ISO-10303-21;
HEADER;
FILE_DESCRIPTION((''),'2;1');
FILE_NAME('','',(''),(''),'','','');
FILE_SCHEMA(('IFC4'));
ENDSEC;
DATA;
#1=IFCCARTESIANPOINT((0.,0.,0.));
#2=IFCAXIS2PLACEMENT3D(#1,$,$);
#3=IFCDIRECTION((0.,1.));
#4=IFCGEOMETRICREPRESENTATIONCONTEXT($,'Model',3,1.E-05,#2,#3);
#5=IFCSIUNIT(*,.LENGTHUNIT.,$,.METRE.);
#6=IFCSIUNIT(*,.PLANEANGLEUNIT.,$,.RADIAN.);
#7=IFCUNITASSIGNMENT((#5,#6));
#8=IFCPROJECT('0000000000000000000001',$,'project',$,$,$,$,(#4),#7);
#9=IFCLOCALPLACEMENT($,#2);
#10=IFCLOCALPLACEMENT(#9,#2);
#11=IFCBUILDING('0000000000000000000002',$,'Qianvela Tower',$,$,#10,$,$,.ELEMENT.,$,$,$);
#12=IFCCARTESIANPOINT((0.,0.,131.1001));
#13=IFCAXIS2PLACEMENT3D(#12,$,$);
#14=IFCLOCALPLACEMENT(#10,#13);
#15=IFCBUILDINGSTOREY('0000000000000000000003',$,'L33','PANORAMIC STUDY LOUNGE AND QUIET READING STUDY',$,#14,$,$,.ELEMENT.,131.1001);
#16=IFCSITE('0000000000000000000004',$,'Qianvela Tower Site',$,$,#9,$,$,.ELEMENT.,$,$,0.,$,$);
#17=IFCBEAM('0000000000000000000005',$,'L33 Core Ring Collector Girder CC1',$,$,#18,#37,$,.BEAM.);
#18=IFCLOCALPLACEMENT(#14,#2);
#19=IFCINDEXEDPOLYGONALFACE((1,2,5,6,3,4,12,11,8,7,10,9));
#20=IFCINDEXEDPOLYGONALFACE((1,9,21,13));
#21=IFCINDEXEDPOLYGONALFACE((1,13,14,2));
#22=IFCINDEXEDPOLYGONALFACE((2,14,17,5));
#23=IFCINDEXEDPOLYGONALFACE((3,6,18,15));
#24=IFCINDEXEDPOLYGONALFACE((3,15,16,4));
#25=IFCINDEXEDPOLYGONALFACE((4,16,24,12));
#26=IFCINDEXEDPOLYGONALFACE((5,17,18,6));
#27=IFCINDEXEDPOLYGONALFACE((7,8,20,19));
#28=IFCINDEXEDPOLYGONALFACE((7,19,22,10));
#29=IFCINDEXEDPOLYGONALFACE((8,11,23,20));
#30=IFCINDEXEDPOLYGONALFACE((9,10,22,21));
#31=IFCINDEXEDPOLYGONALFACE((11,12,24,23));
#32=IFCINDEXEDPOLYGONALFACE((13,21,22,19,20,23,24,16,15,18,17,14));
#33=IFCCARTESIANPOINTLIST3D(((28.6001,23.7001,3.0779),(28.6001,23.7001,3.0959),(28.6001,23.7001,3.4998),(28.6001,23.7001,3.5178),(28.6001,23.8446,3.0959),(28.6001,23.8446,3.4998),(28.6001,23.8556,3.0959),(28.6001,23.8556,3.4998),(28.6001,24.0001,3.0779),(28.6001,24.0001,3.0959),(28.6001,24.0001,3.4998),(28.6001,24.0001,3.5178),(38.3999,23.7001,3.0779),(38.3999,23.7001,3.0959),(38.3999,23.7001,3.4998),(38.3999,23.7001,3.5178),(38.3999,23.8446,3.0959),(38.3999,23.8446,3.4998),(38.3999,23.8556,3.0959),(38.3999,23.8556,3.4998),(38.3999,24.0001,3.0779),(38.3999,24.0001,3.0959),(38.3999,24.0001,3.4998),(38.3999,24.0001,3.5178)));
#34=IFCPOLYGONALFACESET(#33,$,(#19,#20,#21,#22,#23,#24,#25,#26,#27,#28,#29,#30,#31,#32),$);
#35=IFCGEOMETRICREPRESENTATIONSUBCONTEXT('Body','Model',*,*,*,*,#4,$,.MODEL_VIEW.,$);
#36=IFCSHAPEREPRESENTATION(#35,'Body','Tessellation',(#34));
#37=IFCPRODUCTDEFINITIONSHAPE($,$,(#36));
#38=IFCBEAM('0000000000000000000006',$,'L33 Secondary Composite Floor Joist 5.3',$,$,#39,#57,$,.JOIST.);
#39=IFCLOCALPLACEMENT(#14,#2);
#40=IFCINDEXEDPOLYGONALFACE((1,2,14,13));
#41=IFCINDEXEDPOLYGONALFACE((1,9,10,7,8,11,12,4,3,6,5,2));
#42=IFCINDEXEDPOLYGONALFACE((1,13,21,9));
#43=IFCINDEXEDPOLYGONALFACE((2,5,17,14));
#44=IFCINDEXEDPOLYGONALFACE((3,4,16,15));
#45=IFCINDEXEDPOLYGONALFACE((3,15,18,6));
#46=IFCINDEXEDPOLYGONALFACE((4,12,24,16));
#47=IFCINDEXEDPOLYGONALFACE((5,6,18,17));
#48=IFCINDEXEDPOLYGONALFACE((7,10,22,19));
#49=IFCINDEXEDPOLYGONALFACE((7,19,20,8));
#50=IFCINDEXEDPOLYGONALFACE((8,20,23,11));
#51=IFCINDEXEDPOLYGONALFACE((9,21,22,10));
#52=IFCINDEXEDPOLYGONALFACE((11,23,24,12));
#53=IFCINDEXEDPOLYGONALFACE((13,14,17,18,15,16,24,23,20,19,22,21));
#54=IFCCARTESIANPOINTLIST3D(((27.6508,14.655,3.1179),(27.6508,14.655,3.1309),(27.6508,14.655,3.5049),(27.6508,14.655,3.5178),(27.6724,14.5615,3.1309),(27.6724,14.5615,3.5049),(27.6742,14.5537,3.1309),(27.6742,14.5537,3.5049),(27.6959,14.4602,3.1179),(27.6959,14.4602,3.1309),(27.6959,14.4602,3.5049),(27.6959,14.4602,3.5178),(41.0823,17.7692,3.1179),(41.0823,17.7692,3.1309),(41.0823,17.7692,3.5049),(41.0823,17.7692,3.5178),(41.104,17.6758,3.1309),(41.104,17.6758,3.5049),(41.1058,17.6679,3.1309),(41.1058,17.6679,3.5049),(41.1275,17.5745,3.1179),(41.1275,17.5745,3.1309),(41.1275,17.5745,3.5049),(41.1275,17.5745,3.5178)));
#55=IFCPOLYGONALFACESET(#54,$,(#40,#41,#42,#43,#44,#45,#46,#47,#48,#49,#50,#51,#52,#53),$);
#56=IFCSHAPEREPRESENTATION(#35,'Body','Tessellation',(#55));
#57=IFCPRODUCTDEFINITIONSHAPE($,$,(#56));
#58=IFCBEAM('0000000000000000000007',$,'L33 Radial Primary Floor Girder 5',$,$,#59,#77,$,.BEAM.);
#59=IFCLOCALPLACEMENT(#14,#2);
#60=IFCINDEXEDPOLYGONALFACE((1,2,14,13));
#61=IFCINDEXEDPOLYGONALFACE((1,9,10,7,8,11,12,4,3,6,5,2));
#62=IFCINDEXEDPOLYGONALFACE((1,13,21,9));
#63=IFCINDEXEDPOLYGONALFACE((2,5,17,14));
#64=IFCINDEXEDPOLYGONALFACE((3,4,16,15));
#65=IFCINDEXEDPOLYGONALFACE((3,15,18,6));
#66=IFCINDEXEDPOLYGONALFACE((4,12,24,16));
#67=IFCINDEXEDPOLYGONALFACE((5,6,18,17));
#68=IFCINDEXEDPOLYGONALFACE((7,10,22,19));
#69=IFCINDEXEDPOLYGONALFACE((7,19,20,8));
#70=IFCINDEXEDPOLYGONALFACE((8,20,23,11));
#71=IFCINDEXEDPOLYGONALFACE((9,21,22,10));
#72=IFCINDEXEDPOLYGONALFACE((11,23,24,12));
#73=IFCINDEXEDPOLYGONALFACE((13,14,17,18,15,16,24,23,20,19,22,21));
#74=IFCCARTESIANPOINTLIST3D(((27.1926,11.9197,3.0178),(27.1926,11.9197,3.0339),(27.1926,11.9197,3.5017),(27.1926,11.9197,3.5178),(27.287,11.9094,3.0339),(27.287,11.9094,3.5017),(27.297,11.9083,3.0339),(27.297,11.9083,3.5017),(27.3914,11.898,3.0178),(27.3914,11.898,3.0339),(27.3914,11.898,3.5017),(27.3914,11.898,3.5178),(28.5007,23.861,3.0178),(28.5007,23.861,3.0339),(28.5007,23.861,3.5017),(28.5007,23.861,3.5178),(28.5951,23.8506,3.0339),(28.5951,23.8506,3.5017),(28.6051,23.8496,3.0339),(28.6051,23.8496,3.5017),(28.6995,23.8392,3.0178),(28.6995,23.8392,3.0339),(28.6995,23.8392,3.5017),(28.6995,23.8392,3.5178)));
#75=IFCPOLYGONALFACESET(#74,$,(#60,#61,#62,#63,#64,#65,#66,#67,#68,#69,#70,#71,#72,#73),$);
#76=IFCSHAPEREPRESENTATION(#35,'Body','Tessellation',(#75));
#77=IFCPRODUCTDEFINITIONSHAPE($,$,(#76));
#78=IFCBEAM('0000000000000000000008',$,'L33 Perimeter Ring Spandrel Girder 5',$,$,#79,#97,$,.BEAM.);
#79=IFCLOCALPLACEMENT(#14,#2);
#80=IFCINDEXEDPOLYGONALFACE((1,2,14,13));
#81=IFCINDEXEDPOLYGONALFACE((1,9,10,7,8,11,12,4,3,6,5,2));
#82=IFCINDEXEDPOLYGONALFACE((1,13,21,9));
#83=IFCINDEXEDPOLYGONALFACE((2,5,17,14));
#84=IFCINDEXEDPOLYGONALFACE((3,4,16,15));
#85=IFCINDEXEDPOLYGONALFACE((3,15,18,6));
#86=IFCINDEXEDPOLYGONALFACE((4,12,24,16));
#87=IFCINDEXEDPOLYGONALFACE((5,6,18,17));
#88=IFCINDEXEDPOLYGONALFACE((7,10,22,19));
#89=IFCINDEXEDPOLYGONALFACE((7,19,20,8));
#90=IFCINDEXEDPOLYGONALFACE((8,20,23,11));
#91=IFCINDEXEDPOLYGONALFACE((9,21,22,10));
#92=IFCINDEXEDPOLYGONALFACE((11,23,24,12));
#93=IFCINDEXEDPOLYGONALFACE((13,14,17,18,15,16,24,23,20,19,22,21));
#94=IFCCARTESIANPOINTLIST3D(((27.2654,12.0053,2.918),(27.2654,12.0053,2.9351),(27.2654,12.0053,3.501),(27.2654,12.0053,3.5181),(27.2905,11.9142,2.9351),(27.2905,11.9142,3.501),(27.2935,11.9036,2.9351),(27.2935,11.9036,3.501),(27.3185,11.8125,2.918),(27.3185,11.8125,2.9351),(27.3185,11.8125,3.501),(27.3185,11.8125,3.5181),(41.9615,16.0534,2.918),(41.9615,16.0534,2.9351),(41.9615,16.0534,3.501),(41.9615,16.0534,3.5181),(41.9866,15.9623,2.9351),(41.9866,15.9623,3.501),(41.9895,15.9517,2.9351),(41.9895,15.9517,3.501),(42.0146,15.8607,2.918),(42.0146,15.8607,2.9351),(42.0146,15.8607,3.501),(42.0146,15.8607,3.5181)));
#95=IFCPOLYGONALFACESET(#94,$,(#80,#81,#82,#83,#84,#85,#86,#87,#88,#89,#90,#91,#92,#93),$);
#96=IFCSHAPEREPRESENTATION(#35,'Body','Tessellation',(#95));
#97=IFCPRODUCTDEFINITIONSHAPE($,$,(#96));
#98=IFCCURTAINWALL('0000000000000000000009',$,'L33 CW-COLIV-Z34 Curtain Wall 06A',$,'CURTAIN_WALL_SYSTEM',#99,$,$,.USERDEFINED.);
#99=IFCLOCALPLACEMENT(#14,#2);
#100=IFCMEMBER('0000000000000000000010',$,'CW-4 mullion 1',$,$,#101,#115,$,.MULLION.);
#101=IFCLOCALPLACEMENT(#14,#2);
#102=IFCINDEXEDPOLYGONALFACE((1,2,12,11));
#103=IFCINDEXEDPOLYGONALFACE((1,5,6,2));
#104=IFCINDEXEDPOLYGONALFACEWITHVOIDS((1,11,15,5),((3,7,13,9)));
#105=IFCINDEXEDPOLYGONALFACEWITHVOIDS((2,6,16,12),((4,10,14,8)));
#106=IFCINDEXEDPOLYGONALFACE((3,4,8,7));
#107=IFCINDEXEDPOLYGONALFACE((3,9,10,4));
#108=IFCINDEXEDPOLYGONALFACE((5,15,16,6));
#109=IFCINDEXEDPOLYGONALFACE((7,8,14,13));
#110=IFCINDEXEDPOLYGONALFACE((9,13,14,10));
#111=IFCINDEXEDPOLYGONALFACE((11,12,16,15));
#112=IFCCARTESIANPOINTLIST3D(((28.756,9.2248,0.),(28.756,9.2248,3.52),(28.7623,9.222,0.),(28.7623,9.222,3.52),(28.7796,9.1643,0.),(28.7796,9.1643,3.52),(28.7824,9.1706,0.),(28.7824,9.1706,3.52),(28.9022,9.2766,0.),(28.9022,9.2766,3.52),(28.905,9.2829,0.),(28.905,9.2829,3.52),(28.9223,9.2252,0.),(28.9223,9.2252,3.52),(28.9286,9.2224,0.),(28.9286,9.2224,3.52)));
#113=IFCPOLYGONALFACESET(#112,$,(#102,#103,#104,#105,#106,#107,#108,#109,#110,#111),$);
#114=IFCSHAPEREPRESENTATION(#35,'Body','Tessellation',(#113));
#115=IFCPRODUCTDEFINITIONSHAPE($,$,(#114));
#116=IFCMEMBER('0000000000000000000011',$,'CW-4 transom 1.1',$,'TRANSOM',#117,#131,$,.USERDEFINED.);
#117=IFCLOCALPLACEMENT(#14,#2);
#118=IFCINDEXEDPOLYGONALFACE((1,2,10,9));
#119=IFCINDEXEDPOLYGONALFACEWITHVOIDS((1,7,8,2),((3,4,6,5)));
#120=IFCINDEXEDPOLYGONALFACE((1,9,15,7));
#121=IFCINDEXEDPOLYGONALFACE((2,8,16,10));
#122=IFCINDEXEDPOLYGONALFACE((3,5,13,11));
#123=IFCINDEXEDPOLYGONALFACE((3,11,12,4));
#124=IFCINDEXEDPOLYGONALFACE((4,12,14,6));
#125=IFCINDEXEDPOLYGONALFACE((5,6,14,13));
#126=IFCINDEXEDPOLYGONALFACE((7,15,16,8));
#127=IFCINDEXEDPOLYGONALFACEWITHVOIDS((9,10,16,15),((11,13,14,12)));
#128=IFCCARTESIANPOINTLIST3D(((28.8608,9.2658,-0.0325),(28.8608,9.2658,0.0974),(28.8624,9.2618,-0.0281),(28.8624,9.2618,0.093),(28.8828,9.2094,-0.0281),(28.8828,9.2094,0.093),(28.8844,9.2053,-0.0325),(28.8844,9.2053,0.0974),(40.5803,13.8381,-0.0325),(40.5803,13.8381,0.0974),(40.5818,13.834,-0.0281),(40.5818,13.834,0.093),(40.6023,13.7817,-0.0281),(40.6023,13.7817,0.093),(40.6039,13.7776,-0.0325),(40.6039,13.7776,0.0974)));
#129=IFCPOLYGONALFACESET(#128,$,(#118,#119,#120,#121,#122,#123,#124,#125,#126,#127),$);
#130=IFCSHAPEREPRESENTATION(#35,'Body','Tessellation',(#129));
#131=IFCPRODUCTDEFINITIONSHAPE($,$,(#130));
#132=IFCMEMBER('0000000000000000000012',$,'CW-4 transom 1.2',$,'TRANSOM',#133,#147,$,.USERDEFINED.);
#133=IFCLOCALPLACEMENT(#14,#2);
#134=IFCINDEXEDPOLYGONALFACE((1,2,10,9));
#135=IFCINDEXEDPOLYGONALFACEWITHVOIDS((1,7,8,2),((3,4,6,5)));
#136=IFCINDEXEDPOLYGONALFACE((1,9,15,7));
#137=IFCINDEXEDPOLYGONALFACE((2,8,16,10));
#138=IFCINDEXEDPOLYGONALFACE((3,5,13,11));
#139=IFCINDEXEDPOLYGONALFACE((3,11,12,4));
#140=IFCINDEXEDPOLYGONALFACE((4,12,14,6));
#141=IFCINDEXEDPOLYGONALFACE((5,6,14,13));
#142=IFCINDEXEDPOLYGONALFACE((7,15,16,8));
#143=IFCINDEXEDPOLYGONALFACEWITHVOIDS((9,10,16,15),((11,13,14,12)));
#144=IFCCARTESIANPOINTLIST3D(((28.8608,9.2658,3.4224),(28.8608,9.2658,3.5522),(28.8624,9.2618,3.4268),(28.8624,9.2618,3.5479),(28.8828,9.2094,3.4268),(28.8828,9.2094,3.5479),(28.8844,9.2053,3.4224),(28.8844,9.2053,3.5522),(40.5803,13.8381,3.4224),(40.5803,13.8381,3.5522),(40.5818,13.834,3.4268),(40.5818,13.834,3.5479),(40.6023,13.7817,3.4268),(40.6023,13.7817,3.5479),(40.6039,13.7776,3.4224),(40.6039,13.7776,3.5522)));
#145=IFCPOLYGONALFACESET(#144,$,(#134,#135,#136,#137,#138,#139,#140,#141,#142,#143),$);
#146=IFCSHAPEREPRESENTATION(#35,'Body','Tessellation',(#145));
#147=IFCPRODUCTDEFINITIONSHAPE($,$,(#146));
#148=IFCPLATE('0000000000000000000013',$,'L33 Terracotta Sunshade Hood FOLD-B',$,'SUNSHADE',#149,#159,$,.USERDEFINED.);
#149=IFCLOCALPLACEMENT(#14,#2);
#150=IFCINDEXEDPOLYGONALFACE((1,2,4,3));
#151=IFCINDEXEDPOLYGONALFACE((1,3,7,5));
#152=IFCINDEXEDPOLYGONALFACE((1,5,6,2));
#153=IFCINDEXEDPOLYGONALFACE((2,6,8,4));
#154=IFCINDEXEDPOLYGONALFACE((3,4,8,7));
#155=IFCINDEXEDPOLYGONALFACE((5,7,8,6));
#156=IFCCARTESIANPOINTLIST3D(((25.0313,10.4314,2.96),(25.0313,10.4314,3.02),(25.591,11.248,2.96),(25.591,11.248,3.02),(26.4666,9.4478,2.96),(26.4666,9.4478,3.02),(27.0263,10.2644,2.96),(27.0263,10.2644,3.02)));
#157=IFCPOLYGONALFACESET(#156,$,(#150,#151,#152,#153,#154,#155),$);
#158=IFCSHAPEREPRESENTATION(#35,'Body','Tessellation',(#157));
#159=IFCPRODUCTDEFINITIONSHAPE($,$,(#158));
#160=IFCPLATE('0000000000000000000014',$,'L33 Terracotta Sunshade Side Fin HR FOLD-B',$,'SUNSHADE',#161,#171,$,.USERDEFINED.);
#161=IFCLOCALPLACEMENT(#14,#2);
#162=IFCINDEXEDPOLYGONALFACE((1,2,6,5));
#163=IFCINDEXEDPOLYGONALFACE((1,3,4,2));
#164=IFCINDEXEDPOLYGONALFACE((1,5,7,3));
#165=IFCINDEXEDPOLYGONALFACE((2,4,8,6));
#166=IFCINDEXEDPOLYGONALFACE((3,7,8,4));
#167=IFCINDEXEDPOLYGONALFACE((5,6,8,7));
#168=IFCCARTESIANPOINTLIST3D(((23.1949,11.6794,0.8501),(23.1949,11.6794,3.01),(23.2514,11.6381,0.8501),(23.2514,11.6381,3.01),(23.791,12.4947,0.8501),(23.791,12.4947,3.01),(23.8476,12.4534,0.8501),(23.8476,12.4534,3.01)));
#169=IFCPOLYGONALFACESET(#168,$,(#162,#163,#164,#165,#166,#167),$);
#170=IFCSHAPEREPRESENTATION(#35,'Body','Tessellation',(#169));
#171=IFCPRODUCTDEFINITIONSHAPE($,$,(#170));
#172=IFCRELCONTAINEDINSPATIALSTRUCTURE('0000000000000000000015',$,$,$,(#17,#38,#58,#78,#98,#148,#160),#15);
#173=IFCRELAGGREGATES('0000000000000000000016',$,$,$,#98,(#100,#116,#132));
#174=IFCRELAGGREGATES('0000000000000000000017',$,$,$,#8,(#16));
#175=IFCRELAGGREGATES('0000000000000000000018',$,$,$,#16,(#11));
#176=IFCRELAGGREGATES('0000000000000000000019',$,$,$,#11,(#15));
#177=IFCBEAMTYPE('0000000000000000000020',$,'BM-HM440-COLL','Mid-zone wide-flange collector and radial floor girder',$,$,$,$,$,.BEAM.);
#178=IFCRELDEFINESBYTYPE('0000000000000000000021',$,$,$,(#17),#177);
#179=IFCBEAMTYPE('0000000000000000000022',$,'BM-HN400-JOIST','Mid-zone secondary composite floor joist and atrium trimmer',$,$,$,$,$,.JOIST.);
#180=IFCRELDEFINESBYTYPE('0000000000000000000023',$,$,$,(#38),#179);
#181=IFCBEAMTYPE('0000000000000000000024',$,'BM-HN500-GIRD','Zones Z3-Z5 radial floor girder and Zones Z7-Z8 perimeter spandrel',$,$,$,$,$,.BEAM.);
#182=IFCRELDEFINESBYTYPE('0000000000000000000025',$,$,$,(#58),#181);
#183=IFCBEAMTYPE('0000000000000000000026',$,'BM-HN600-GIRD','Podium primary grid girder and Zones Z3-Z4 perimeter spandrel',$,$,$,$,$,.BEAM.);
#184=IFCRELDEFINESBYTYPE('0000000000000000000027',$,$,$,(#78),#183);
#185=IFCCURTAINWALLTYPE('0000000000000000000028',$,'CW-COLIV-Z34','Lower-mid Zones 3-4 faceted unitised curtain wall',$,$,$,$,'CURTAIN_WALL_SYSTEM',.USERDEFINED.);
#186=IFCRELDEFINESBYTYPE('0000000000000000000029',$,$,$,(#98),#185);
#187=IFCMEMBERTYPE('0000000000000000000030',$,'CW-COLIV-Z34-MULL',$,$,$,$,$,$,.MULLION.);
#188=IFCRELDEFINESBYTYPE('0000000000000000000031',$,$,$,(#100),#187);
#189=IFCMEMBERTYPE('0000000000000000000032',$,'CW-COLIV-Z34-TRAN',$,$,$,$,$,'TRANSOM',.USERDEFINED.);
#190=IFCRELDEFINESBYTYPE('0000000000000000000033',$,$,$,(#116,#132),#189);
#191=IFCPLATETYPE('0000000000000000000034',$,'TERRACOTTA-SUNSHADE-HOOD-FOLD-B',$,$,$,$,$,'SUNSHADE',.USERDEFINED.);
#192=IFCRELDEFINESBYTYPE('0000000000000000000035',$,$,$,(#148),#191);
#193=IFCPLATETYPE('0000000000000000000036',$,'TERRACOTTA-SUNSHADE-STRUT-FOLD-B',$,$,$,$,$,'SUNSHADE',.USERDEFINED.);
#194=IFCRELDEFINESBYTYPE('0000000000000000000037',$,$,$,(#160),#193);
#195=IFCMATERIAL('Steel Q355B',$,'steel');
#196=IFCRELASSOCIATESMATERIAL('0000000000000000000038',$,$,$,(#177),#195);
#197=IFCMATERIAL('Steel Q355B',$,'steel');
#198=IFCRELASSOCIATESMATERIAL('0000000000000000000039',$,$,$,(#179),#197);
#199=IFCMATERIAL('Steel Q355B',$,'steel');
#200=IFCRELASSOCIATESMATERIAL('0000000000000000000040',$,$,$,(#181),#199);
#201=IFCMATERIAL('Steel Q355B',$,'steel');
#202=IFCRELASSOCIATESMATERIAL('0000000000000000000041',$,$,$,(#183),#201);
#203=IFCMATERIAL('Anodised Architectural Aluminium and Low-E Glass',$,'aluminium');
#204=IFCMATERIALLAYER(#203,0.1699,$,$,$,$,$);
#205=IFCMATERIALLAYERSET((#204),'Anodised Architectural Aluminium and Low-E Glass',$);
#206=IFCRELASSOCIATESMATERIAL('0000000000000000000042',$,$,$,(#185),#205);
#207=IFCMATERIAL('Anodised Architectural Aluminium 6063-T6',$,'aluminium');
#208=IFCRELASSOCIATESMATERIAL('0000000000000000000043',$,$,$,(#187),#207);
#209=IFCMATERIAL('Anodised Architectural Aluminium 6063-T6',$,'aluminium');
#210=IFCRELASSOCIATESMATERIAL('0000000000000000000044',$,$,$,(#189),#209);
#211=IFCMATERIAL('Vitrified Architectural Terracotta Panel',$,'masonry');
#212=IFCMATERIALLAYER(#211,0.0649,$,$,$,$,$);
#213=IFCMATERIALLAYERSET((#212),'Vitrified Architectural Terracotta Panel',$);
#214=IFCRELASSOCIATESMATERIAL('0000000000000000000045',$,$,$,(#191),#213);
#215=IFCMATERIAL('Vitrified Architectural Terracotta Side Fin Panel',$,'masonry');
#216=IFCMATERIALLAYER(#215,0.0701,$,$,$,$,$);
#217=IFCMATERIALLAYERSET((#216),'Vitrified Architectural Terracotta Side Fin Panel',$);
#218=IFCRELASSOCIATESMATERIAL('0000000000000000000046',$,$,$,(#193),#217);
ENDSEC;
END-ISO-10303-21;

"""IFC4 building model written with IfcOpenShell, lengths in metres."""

from ifc_helpers import new_model, si_unit, direction, frame, origin, origin_2d, place, context, subcontext, project, spatial, rectangle, hollow_rectangle, i_section, extrude, material, layer, layer_set, material_profile, profile_set, type_object, element, aggregate, save


model = new_model("IFC4")

# Units and contexts
model_context = context("Model", 3, precision=1e-05, world=origin(), true_north=direction((0.0, 1.0)))
body_context = subcontext(model_context, "Body", "Model", "MODEL_VIEW")
ifc_project = project(units=[si_unit("LENGTHUNIT", "METRE"), si_unit("PLANEANGLEUNIT", "RADIAN")], contexts=[model_context])

# Site, building, storey
site_placement = place(None, origin())
site = spatial("IfcSite", under=ifc_project, at=site_placement, Name="Qianvela Tower Site", CompositionType="ELEMENT", RefElevation=0.0)
building_placement = place(site_placement, origin())
building = spatial("IfcBuilding", under=site, at=building_placement, Name="Qianvela Tower", CompositionType="ELEMENT")
storey_placement = place(building_placement, frame((0.0, 0.0, 131.1001)))
storey = spatial("IfcBuildingStorey", under=building, at=storey_placement, Name="L33", Description="PANORAMIC STUDY LOUNGE AND QUIET READING STUDY", CompositionType="ELEMENT", Elevation=131.1001)

# Beams
ifc_material_1 = material(Name="Steel Q355B", Category="steel")
ifc_material_profile_1 = material_profile(ifc_material_1, i_section(OverallWidth=0.3, OverallDepth=0.4399, WebThickness=0.011, FlangeThickness=0.0181, at=origin_2d()), Name="HM440x300x11x18")
ifc_profile_set_1 = profile_set([ifc_material_profile_1], Name="Steel Q355B")
beam_type_1 = type_object("IfcBeamType", Name="BM-HM440-COLL", Description="Mid-zone wide-flange collector and radial floor girder", PredefinedType="BEAM", material=ifc_profile_set_1)
beam_1_placement = place(storey_placement, frame((28.6001, 23.8501, 3.2979), z_axis=(1.0, 0.0, 0.0), x_axis=(0.0, 1.0, 0.0)))
element("IfcBeam", 1, at=beam_1_placement, inside=storey, type_object=beam_type_1, Name="L33 Core Ring Collector Girder CC1", PredefinedType="BEAM", context=body_context, shape_type="SweptSolid", body=[
    extrude(i_section(OverallWidth=0.3, OverallDepth=0.4399, WebThickness=0.011, FlangeThickness=0.0181, at=origin_2d()), origin(), (0.0, 0.0, 1.0), 9.7998),
])
ifc_material_2 = material(Name="Steel Q355B", Category="steel")
ifc_material_profile_2 = material_profile(ifc_material_2, i_section(OverallWidth=0.2, OverallDepth=0.3999, WebThickness=0.0081, FlangeThickness=0.0129, at=origin_2d()), Name="HN400x200x8x13")
ifc_profile_set_2 = profile_set([ifc_material_profile_2], Name="Steel Q355B")
beam_type_2 = type_object("IfcBeamType", Name="BM-HN400-JOIST", Description="Mid-zone secondary composite floor joist and atrium trimmer", PredefinedType="JOIST", material=ifc_profile_set_2)
beam_2_placement = place(storey_placement, frame((27.6733, 14.5576, 3.3179), z_axis=(0.974158, 0.225868, 0.0), x_axis=(-0.225868, 0.974158, 0.0)))
element("IfcBeam", 2, at=beam_2_placement, inside=storey, type_object=beam_type_2, Name="L33 Secondary Composite Floor Joist 5.3", PredefinedType="JOIST", context=body_context, shape_type="SweptSolid", body=[
    extrude(i_section(OverallWidth=0.2, OverallDepth=0.3999, WebThickness=0.0081, FlangeThickness=0.0129, at=origin_2d()), origin(), (0.0, 0.0, 1.0), 13.7878),
])
ifc_material_3 = material(Name="Steel Q355B", Category="steel")
ifc_material_profile_3 = material_profile(ifc_material_3, i_section(OverallWidth=0.2, OverallDepth=0.5, WebThickness=0.01, FlangeThickness=0.0161, at=origin_2d()), Name="HN500x200x10x16")
ifc_profile_set_3 = profile_set([ifc_material_profile_3], Name="Steel Q355B")
beam_type_3 = type_object("IfcBeamType", Name="BM-HN500-GIRD", Description="Zones Z3-Z5 radial floor girder and Zones Z7-Z8 perimeter spandrel", PredefinedType="BEAM", material=ifc_profile_set_3)
beam_3_placement = place(storey_placement, frame((28.6001, 23.8501, 3.2678), z_axis=(-0.108894, -0.994053, 0.0), x_axis=(0.994053, -0.108894, 0.0)))
element("IfcBeam", 3, at=beam_3_placement, inside=storey, type_object=beam_type_3, Name="L33 Radial Primary Floor Girder 5", PredefinedType="BEAM", context=body_context, shape_type="SweptSolid", body=[
    extrude(i_section(OverallWidth=0.2, OverallDepth=0.5, WebThickness=0.01, FlangeThickness=0.0161, at=origin_2d()), origin(), (0.0, 0.0, 1.0), 12.0127),
])
ifc_material_4 = material(Name="Steel Q355B", Category="steel")
ifc_material_profile_4 = material_profile(ifc_material_4, i_section(OverallWidth=0.2, OverallDepth=0.6001, WebThickness=0.011, FlangeThickness=0.0171, at=origin_2d()), Name="HN600x200x11x17")
ifc_profile_set_4 = profile_set([ifc_material_profile_4], Name="Steel Q355B")
beam_type_4 = type_object("IfcBeamType", Name="BM-HN600-GIRD", Description="Podium primary grid girder and Zones Z3-Z4 perimeter spandrel", PredefinedType="BEAM", material=ifc_profile_set_4)
beam_4_placement = place(storey_placement, frame((27.292, 11.9089, 3.218), z_axis=(0.964093, 0.265564, 0.0), x_axis=(-0.265564, 0.964093, 0.0)))
element("IfcBeam", 4, at=beam_4_placement, inside=storey, type_object=beam_type_4, Name="L33 Perimeter Ring Spandrel Girder 5", PredefinedType="BEAM", context=body_context, shape_type="SweptSolid", body=[
    extrude(i_section(OverallWidth=0.2, OverallDepth=0.6001, WebThickness=0.011, FlangeThickness=0.0171, at=origin_2d()), origin(), (0.0, 0.0, 1.0), 15.2434),
])

# Curtain wall, members
ifc_material_5 = material(Name="Anodised Architectural Aluminium and Low-E Glass", Category="aluminium")
ifc_layer_1 = layer(ifc_material_5, 0.1699)
ifc_layer_set_1 = layer_set([ifc_layer_1], Name="Anodised Architectural Aluminium and Low-E Glass")
curtain_wall_type = type_object("IfcCurtainWallType", Name="CW-COLIV-Z34", Description="Lower-mid Zones 3-4 faceted unitised curtain wall", ElementType="CURTAIN_WALL_SYSTEM", PredefinedType="USERDEFINED", material=ifc_layer_set_1)
curtain_wall_placement = place(storey_placement, origin())
curtain_wall = element("IfcCurtainWall", 5, at=curtain_wall_placement, inside=storey, type_object=curtain_wall_type, Name="L33 CW-COLIV-Z34 Curtain Wall 06A", ObjectType="CURTAIN_WALL_SYSTEM", PredefinedType="USERDEFINED")
ifc_material_6 = material(Name="Anodised Architectural Aluminium 6063-T6", Category="aluminium")
ifc_material_profile_5 = material_profile(ifc_material_6, hollow_rectangle(XDim=0.0649, YDim=0.1599, WallThickness=0.0049, at=origin_2d()), Name="ALU-MULL-65x160")
ifc_profile_set_5 = profile_set([ifc_material_profile_5], Name="Anodised Architectural Aluminium 6063-T6")
member_type_1 = type_object("IfcMemberType", Name="CW-COLIV-Z34-MULL", PredefinedType="MULLION", material=ifc_profile_set_5)
member_1_placement = place(storey_placement, frame((28.8423, 9.2236, 0.0), z_axis=(0.0, 0.0, 1.0), x_axis=(-0.363463, 0.931609, 0.0)))
member_1 = element("IfcMember", 6, at=member_1_placement, type_object=member_type_1, Name="CW-4 mullion 1", PredefinedType="MULLION", context=body_context, shape_type="SweptSolid", body=[
    extrude(hollow_rectangle(XDim=0.0649, YDim=0.1599, WallThickness=0.0049, at=origin_2d()), origin(), (0.0, 0.0, 1.0), 3.52),
])
ifc_material_7 = material(Name="Anodised Architectural Aluminium 6063-T6", Category="aluminium")
ifc_material_profile_6 = material_profile(ifc_material_7, hollow_rectangle(XDim=0.0649, YDim=0.1299, WallThickness=0.0044, at=origin_2d()), Name="ALU-TRAN-65x130")
ifc_profile_set_6 = profile_set([ifc_material_profile_6], Name="Anodised Architectural Aluminium 6063-T6")
member_type_2 = type_object("IfcMemberType", Name="CW-COLIV-Z34-TRAN", ElementType="TRANSOM", PredefinedType="USERDEFINED", material=ifc_profile_set_6)
member_2_placement = place(storey_placement, frame((28.8726, 9.2356, 0.0325), z_axis=(0.93161, 0.36346, 0.0), x_axis=(-0.36346, 0.93161, 0.0)))
member_2 = element("IfcMember", 7, at=member_2_placement, type_object=member_type_2, Name="CW-4 transom 1.1", ObjectType="TRANSOM", PredefinedType="USERDEFINED", context=body_context, shape_type="SweptSolid", body=[
    extrude(hollow_rectangle(XDim=0.0649, YDim=0.1299, WallThickness=0.0044, at=origin_2d()), origin(), (0.0, 0.0, 1.0), 12.5798),
])
member_3_placement = place(storey_placement, frame((28.8726, 9.2356, 3.4873), z_axis=(0.93161, 0.36346, 0.0), x_axis=(-0.36346, 0.93161, 0.0)))
member_3 = element("IfcMember", 8, at=member_3_placement, type_object=member_type_2, Name="CW-4 transom 1.2", ObjectType="TRANSOM", PredefinedType="USERDEFINED", context=body_context, shape_type="SweptSolid", body=[
    extrude(hollow_rectangle(XDim=0.0649, YDim=0.1299, WallThickness=0.0044, at=origin_2d()), origin(), (0.0, 0.0, 1.0), 12.5798),
])
aggregate(curtain_wall, [member_1, member_2, member_3])

# Plates
ifc_material_8 = material(Name="Vitrified Architectural Terracotta Panel", Category="masonry")
ifc_layer_2 = layer(ifc_material_8, 0.0649)
ifc_layer_set_2 = layer_set([ifc_layer_2], Name="Vitrified Architectural Terracotta Panel")
plate_type_1 = type_object("IfcPlateType", Name="TERRACOTTA-SUNSHADE-HOOD-FOLD-B", ElementType="SUNSHADE", PredefinedType="USERDEFINED", material=ifc_layer_set_2)
plate_placement = place(storey_placement, frame((26.0288, 10.3479, 2.96), z_axis=(0.0, 0.0, 1.0), x_axis=(0.824857, -0.565341, 0.0)))
element("IfcPlate", 9, at=plate_placement, inside=storey, type_object=plate_type_1, Name="L33 Terracotta Sunshade Hood FOLD-B", ObjectType="SUNSHADE", PredefinedType="USERDEFINED", context=body_context, shape_type="SweptSolid", body=[
    extrude(rectangle(XDim=1.74, YDim=0.99, at=origin_2d()), origin(), (0.0, 0.0, 1.0), 0.0601),
])
ifc_material_9 = material(Name="Vitrified Architectural Terracotta Side Fin Panel", Category="masonry")
ifc_layer_3 = layer(ifc_material_9, 0.0701)
ifc_layer_set_3 = layer_set([ifc_layer_3], Name="Vitrified Architectural Terracotta Side Fin Panel")
plate_type_2 = type_object("IfcPlateType", Name="TERRACOTTA-SUNSHADE-STRUT-FOLD-B", ElementType="SUNSHADE", PredefinedType="USERDEFINED", material=ifc_layer_set_3)
for number, where, z_axis, x_axis, name in (
    (10, (23.5212, 12.0664, 0.8501), (0.0, 0.0, 1.0), (0.807208, -0.590268, 0.0), "L33 Terracotta Sunshade Side Fin HR FOLD-B"),
):
    element("IfcPlate", number, at=place(storey_placement, frame(where, z_axis=z_axis, x_axis=x_axis)), inside=storey, type_object=plate_type_2, Name=name, ObjectType="SUNSHADE", PredefinedType="USERDEFINED", context=body_context, shape_type="SweptSolid", body=[
        extrude(rectangle(XDim=0.0701, YDim=1.01, at=origin_2d()), origin(), (0.0, 0.0, 1.0), 2.1599),
    ])

save(model, "model.ifc")
